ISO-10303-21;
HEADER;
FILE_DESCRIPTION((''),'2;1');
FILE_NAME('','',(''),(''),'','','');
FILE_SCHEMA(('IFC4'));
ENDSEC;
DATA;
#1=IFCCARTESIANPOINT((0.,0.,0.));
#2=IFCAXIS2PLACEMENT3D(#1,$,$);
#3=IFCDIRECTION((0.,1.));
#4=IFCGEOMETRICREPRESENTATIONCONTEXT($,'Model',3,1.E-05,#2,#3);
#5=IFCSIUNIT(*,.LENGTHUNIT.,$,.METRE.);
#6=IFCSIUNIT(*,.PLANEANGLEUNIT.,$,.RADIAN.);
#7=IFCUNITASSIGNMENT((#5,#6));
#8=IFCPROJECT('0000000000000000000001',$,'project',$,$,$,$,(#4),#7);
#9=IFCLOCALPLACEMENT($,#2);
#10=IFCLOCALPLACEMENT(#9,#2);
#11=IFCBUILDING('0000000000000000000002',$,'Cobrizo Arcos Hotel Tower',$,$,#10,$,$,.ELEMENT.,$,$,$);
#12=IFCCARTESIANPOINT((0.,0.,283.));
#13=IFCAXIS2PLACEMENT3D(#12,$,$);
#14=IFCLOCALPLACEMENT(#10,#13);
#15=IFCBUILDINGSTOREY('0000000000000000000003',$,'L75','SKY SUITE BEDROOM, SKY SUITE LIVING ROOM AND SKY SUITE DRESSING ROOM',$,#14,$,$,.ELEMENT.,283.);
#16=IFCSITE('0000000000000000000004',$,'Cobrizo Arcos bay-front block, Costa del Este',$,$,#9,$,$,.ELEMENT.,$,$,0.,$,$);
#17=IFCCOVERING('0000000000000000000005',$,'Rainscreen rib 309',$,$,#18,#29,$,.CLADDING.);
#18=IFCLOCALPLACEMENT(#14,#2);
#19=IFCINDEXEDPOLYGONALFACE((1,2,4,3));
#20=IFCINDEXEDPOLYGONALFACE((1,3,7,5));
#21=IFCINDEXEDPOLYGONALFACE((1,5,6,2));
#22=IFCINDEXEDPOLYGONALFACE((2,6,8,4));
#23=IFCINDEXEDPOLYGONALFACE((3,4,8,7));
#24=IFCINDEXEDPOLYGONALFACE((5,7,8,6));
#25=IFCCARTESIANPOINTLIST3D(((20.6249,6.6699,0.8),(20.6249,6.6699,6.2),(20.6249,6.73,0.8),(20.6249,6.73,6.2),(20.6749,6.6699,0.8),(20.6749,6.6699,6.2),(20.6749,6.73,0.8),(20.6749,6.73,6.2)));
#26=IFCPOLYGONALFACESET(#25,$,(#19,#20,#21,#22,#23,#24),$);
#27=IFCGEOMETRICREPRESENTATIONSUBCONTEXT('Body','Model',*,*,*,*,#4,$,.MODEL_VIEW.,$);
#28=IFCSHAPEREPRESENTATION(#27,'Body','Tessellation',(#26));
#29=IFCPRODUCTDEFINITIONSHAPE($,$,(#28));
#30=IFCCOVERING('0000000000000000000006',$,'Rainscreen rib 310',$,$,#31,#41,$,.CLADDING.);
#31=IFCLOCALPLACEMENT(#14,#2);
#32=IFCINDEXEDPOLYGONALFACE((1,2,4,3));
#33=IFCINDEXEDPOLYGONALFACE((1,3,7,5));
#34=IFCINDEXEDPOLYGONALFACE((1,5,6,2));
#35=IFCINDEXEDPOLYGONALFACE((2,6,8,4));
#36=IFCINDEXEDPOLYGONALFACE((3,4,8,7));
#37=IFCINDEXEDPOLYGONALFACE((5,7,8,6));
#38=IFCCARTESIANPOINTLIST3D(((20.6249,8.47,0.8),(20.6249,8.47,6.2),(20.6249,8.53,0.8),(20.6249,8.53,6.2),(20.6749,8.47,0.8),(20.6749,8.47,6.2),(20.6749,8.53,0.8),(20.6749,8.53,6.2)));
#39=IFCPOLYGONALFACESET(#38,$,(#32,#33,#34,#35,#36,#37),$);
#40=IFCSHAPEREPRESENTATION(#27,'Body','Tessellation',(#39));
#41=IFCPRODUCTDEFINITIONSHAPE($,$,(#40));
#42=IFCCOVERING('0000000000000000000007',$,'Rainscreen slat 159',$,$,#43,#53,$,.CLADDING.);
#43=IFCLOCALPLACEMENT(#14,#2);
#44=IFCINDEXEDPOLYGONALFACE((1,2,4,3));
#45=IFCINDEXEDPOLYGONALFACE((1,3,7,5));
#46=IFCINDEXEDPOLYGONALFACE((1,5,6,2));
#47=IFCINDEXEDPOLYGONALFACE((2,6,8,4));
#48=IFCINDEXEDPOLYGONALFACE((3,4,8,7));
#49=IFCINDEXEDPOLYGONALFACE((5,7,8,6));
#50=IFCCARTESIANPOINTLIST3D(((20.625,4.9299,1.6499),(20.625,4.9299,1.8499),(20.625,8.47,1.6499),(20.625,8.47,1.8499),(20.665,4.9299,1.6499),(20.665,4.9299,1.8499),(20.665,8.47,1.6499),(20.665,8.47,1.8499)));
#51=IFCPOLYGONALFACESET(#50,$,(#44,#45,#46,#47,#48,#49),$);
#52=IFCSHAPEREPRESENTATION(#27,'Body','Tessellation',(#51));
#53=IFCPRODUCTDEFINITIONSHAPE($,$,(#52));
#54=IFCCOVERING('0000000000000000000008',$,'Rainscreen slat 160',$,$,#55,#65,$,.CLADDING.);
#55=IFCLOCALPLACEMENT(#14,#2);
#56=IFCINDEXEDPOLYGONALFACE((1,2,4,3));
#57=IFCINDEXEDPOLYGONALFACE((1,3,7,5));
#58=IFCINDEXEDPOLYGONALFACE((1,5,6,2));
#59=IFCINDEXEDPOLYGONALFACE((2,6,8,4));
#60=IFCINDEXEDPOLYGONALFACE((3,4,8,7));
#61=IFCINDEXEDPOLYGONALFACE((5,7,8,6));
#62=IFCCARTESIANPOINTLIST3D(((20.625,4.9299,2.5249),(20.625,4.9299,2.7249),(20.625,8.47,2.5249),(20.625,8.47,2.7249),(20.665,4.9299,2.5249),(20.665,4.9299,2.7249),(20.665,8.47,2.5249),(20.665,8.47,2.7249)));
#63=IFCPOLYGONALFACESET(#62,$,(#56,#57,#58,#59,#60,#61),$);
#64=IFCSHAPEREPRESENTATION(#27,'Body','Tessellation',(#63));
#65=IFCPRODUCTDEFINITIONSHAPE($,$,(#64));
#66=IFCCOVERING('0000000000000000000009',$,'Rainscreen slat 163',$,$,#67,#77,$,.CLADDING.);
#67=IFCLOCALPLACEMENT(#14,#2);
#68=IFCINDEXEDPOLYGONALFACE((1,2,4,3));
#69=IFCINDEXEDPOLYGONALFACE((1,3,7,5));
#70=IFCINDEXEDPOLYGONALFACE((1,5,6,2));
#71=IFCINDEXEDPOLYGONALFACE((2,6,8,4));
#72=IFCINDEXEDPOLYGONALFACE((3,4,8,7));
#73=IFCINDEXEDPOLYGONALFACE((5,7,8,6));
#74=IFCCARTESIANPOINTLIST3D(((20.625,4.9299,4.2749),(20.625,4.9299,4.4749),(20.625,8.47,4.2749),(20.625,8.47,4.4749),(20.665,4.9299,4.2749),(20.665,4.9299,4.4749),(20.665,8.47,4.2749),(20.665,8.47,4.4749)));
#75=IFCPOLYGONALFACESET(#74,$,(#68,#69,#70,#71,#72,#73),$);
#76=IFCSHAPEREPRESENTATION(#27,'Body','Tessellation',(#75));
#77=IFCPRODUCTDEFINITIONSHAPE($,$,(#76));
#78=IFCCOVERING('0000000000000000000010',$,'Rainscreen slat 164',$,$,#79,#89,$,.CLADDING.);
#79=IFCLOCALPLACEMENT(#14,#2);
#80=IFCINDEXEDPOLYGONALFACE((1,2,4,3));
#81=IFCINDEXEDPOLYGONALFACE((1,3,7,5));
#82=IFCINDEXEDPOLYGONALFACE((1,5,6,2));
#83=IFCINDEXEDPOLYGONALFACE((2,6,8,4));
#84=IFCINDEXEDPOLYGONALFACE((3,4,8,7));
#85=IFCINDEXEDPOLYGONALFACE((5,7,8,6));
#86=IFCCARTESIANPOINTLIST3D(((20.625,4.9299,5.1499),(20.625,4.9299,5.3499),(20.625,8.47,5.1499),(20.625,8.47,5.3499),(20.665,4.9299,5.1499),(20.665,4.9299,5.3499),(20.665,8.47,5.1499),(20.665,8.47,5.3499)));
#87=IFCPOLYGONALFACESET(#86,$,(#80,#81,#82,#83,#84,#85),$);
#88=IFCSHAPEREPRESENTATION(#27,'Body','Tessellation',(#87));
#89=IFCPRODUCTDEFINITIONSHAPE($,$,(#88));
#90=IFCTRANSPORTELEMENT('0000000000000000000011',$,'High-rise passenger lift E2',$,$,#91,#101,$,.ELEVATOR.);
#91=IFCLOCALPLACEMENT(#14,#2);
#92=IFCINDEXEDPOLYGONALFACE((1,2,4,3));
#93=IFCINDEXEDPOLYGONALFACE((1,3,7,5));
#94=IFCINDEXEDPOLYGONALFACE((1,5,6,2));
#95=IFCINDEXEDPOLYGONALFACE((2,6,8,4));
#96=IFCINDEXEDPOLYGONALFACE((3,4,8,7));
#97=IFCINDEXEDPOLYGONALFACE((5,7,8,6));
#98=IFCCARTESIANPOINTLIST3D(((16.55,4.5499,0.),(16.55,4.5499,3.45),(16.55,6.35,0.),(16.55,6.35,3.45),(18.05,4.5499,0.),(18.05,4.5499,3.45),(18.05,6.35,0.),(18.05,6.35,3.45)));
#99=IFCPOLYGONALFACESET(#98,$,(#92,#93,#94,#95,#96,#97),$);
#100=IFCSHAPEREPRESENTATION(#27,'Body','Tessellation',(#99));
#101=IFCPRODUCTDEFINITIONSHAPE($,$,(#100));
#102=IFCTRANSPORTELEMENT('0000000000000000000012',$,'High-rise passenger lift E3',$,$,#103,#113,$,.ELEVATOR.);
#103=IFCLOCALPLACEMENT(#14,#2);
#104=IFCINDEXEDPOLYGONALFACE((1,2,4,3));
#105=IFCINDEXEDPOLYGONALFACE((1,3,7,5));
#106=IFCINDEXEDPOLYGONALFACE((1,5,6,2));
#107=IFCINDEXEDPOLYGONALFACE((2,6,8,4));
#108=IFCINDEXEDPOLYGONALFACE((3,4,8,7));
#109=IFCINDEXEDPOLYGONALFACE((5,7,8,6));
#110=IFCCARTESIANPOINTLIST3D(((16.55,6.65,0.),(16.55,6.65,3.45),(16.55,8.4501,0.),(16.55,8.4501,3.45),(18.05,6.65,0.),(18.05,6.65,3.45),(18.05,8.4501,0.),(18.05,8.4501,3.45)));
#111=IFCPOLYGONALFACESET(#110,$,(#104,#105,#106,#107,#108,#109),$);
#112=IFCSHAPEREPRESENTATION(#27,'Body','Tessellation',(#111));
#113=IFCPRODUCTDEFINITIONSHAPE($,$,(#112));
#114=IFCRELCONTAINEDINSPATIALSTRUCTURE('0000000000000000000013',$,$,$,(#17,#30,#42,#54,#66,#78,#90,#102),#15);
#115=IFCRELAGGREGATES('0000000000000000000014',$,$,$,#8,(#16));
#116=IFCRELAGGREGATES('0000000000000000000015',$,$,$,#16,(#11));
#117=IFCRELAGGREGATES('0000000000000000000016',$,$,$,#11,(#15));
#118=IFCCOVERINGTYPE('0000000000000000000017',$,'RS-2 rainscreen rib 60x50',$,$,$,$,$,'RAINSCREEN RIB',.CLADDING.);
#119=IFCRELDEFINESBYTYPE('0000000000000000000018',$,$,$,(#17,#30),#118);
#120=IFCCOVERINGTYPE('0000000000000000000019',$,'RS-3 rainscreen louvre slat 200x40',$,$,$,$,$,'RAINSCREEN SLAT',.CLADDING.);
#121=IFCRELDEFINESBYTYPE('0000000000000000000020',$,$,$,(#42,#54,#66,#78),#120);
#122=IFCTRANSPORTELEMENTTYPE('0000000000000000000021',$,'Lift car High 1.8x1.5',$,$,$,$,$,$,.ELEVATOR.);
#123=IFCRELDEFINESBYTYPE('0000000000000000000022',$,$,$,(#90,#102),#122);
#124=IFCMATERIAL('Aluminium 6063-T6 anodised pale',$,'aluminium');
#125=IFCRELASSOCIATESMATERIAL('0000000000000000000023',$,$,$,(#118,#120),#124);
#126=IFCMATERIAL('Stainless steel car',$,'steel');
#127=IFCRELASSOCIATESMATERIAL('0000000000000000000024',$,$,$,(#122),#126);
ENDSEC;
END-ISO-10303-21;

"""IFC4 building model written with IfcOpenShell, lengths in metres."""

from ifc_helpers import new_model, si_unit, direction, frame, origin, origin_2d, place, context, subcontext, project, spatial, rectangle, extrude, material, type_object, element, save


model = new_model("IFC4")

# Units and contexts
model_context = context("Model", 3, precision=1e-05, world=origin(), true_north=direction((0.0, 1.0)))
body_context = subcontext(model_context, "Body", "Model", "MODEL_VIEW")
ifc_project = project(units=[si_unit("LENGTHUNIT", "METRE"), si_unit("PLANEANGLEUNIT", "RADIAN")], contexts=[model_context])

# Site, building, storey
site_placement = place(None, origin())
site = spatial("IfcSite", under=ifc_project, at=site_placement, Name="Cobrizo Arcos bay-front block, Costa del Este", CompositionType="ELEMENT", RefElevation=0.0)
building_placement = place(site_placement, origin())
building = spatial("IfcBuilding", under=site, at=building_placement, Name="Cobrizo Arcos Hotel Tower", CompositionType="ELEMENT")
storey_placement = place(building_placement, frame((0.0, 0.0, 283.0)))
storey = spatial("IfcBuildingStorey", under=building, at=storey_placement, Name="L75", Description="SKY SUITE BEDROOM, SKY SUITE LIVING ROOM AND SKY SUITE DRESSING ROOM", CompositionType="ELEMENT", Elevation=283.0)

# Coverings
ifc_material_1 = material(Name="Aluminium 6063-T6 anodised pale", Category="aluminium")
covering_type_1 = type_object("IfcCoveringType", Name="RS-2 rainscreen rib 60x50", ElementType="RAINSCREEN RIB", PredefinedType="CLADDING", material=ifc_material_1)
for number, where, z_axis, x_axis, name in (
    (1, (20.6499, 6.7, 0.8), (0.0, 0.0, 1.0), (0.0, 1.0, 0.0), "Rainscreen rib 309"),
    (2, (20.6499, 8.5, 0.8), (0.0, 0.0, 1.0), (0.0, 1.0, 0.0), "Rainscreen rib 310"),
):
    element("IfcCovering", number, at=place(storey_placement, frame(where, z_axis=z_axis, x_axis=x_axis)), inside=storey, type_object=covering_type_1, Name=name, PredefinedType="CLADDING", context=body_context, shape_type="SweptSolid", body=[
        extrude(rectangle(XDim=0.0601, YDim=0.05, at=origin_2d()), origin(), (0.0, 0.0, 1.0), 5.3999),
    ])
covering_type_2 = type_object("IfcCoveringType", Name="RS-3 rainscreen louvre slat 200x40", ElementType="RAINSCREEN SLAT", PredefinedType="CLADDING", material=ifc_material_1)
for number, where, z_axis, x_axis, name in (
    (3, (20.645, 6.7, 1.6499), (0.0, 0.0, 1.0), (0.0, 1.0, 0.0), "Rainscreen slat 159"),
    (4, (20.645, 6.7, 2.5249), (0.0, 0.0, 1.0), (0.0, 1.0, 0.0), "Rainscreen slat 160"),
    (5, (20.645, 6.7, 4.2749), (0.0, 0.0, 1.0), (0.0, 1.0, 0.0), "Rainscreen slat 163"),
    (6, (20.645, 6.7, 5.1499), (0.0, 0.0, 1.0), (0.0, 1.0, 0.0), "Rainscreen slat 164"),
):
    element("IfcCovering", number, at=place(storey_placement, frame(where, z_axis=z_axis, x_axis=x_axis)), inside=storey, type_object=covering_type_2, Name=name, PredefinedType="CLADDING", context=body_context, shape_type="SweptSolid", body=[
        extrude(rectangle(XDim=3.54, YDim=0.04, at=origin_2d()), origin(), (0.0, 0.0, 1.0), 0.2),
    ])

# Transport elements
ifc_material_2 = material(Name="Stainless steel car", Category="steel")
transport_element_type = type_object("IfcTransportElementType", Name="Lift car High 1.8x1.5", PredefinedType="ELEVATOR", material=ifc_material_2)
for number, where, z_axis, x_axis, name in (
    (7, (17.3, 5.45, 0.0), (0.0, 0.0, 1.0), (1.0, 0.0, 0.0), "High-rise passenger lift E2"),
    (8, (17.3, 7.55, 0.0), (0.0, 0.0, 1.0), (1.0, 0.0, 0.0), "High-rise passenger lift E3"),
):
    element("IfcTransportElement", number, at=place(storey_placement, frame(where, z_axis=z_axis, x_axis=x_axis)), inside=storey, type_object=transport_element_type, Name=name, PredefinedType="ELEVATOR", context=body_context, shape_type="SweptSolid", body=[
        extrude(rectangle(XDim=1.5, YDim=1.8, at=origin_2d()), origin(), (0.0, 0.0, 1.0), 3.45),
    ])

save(model, "model.ifc")
